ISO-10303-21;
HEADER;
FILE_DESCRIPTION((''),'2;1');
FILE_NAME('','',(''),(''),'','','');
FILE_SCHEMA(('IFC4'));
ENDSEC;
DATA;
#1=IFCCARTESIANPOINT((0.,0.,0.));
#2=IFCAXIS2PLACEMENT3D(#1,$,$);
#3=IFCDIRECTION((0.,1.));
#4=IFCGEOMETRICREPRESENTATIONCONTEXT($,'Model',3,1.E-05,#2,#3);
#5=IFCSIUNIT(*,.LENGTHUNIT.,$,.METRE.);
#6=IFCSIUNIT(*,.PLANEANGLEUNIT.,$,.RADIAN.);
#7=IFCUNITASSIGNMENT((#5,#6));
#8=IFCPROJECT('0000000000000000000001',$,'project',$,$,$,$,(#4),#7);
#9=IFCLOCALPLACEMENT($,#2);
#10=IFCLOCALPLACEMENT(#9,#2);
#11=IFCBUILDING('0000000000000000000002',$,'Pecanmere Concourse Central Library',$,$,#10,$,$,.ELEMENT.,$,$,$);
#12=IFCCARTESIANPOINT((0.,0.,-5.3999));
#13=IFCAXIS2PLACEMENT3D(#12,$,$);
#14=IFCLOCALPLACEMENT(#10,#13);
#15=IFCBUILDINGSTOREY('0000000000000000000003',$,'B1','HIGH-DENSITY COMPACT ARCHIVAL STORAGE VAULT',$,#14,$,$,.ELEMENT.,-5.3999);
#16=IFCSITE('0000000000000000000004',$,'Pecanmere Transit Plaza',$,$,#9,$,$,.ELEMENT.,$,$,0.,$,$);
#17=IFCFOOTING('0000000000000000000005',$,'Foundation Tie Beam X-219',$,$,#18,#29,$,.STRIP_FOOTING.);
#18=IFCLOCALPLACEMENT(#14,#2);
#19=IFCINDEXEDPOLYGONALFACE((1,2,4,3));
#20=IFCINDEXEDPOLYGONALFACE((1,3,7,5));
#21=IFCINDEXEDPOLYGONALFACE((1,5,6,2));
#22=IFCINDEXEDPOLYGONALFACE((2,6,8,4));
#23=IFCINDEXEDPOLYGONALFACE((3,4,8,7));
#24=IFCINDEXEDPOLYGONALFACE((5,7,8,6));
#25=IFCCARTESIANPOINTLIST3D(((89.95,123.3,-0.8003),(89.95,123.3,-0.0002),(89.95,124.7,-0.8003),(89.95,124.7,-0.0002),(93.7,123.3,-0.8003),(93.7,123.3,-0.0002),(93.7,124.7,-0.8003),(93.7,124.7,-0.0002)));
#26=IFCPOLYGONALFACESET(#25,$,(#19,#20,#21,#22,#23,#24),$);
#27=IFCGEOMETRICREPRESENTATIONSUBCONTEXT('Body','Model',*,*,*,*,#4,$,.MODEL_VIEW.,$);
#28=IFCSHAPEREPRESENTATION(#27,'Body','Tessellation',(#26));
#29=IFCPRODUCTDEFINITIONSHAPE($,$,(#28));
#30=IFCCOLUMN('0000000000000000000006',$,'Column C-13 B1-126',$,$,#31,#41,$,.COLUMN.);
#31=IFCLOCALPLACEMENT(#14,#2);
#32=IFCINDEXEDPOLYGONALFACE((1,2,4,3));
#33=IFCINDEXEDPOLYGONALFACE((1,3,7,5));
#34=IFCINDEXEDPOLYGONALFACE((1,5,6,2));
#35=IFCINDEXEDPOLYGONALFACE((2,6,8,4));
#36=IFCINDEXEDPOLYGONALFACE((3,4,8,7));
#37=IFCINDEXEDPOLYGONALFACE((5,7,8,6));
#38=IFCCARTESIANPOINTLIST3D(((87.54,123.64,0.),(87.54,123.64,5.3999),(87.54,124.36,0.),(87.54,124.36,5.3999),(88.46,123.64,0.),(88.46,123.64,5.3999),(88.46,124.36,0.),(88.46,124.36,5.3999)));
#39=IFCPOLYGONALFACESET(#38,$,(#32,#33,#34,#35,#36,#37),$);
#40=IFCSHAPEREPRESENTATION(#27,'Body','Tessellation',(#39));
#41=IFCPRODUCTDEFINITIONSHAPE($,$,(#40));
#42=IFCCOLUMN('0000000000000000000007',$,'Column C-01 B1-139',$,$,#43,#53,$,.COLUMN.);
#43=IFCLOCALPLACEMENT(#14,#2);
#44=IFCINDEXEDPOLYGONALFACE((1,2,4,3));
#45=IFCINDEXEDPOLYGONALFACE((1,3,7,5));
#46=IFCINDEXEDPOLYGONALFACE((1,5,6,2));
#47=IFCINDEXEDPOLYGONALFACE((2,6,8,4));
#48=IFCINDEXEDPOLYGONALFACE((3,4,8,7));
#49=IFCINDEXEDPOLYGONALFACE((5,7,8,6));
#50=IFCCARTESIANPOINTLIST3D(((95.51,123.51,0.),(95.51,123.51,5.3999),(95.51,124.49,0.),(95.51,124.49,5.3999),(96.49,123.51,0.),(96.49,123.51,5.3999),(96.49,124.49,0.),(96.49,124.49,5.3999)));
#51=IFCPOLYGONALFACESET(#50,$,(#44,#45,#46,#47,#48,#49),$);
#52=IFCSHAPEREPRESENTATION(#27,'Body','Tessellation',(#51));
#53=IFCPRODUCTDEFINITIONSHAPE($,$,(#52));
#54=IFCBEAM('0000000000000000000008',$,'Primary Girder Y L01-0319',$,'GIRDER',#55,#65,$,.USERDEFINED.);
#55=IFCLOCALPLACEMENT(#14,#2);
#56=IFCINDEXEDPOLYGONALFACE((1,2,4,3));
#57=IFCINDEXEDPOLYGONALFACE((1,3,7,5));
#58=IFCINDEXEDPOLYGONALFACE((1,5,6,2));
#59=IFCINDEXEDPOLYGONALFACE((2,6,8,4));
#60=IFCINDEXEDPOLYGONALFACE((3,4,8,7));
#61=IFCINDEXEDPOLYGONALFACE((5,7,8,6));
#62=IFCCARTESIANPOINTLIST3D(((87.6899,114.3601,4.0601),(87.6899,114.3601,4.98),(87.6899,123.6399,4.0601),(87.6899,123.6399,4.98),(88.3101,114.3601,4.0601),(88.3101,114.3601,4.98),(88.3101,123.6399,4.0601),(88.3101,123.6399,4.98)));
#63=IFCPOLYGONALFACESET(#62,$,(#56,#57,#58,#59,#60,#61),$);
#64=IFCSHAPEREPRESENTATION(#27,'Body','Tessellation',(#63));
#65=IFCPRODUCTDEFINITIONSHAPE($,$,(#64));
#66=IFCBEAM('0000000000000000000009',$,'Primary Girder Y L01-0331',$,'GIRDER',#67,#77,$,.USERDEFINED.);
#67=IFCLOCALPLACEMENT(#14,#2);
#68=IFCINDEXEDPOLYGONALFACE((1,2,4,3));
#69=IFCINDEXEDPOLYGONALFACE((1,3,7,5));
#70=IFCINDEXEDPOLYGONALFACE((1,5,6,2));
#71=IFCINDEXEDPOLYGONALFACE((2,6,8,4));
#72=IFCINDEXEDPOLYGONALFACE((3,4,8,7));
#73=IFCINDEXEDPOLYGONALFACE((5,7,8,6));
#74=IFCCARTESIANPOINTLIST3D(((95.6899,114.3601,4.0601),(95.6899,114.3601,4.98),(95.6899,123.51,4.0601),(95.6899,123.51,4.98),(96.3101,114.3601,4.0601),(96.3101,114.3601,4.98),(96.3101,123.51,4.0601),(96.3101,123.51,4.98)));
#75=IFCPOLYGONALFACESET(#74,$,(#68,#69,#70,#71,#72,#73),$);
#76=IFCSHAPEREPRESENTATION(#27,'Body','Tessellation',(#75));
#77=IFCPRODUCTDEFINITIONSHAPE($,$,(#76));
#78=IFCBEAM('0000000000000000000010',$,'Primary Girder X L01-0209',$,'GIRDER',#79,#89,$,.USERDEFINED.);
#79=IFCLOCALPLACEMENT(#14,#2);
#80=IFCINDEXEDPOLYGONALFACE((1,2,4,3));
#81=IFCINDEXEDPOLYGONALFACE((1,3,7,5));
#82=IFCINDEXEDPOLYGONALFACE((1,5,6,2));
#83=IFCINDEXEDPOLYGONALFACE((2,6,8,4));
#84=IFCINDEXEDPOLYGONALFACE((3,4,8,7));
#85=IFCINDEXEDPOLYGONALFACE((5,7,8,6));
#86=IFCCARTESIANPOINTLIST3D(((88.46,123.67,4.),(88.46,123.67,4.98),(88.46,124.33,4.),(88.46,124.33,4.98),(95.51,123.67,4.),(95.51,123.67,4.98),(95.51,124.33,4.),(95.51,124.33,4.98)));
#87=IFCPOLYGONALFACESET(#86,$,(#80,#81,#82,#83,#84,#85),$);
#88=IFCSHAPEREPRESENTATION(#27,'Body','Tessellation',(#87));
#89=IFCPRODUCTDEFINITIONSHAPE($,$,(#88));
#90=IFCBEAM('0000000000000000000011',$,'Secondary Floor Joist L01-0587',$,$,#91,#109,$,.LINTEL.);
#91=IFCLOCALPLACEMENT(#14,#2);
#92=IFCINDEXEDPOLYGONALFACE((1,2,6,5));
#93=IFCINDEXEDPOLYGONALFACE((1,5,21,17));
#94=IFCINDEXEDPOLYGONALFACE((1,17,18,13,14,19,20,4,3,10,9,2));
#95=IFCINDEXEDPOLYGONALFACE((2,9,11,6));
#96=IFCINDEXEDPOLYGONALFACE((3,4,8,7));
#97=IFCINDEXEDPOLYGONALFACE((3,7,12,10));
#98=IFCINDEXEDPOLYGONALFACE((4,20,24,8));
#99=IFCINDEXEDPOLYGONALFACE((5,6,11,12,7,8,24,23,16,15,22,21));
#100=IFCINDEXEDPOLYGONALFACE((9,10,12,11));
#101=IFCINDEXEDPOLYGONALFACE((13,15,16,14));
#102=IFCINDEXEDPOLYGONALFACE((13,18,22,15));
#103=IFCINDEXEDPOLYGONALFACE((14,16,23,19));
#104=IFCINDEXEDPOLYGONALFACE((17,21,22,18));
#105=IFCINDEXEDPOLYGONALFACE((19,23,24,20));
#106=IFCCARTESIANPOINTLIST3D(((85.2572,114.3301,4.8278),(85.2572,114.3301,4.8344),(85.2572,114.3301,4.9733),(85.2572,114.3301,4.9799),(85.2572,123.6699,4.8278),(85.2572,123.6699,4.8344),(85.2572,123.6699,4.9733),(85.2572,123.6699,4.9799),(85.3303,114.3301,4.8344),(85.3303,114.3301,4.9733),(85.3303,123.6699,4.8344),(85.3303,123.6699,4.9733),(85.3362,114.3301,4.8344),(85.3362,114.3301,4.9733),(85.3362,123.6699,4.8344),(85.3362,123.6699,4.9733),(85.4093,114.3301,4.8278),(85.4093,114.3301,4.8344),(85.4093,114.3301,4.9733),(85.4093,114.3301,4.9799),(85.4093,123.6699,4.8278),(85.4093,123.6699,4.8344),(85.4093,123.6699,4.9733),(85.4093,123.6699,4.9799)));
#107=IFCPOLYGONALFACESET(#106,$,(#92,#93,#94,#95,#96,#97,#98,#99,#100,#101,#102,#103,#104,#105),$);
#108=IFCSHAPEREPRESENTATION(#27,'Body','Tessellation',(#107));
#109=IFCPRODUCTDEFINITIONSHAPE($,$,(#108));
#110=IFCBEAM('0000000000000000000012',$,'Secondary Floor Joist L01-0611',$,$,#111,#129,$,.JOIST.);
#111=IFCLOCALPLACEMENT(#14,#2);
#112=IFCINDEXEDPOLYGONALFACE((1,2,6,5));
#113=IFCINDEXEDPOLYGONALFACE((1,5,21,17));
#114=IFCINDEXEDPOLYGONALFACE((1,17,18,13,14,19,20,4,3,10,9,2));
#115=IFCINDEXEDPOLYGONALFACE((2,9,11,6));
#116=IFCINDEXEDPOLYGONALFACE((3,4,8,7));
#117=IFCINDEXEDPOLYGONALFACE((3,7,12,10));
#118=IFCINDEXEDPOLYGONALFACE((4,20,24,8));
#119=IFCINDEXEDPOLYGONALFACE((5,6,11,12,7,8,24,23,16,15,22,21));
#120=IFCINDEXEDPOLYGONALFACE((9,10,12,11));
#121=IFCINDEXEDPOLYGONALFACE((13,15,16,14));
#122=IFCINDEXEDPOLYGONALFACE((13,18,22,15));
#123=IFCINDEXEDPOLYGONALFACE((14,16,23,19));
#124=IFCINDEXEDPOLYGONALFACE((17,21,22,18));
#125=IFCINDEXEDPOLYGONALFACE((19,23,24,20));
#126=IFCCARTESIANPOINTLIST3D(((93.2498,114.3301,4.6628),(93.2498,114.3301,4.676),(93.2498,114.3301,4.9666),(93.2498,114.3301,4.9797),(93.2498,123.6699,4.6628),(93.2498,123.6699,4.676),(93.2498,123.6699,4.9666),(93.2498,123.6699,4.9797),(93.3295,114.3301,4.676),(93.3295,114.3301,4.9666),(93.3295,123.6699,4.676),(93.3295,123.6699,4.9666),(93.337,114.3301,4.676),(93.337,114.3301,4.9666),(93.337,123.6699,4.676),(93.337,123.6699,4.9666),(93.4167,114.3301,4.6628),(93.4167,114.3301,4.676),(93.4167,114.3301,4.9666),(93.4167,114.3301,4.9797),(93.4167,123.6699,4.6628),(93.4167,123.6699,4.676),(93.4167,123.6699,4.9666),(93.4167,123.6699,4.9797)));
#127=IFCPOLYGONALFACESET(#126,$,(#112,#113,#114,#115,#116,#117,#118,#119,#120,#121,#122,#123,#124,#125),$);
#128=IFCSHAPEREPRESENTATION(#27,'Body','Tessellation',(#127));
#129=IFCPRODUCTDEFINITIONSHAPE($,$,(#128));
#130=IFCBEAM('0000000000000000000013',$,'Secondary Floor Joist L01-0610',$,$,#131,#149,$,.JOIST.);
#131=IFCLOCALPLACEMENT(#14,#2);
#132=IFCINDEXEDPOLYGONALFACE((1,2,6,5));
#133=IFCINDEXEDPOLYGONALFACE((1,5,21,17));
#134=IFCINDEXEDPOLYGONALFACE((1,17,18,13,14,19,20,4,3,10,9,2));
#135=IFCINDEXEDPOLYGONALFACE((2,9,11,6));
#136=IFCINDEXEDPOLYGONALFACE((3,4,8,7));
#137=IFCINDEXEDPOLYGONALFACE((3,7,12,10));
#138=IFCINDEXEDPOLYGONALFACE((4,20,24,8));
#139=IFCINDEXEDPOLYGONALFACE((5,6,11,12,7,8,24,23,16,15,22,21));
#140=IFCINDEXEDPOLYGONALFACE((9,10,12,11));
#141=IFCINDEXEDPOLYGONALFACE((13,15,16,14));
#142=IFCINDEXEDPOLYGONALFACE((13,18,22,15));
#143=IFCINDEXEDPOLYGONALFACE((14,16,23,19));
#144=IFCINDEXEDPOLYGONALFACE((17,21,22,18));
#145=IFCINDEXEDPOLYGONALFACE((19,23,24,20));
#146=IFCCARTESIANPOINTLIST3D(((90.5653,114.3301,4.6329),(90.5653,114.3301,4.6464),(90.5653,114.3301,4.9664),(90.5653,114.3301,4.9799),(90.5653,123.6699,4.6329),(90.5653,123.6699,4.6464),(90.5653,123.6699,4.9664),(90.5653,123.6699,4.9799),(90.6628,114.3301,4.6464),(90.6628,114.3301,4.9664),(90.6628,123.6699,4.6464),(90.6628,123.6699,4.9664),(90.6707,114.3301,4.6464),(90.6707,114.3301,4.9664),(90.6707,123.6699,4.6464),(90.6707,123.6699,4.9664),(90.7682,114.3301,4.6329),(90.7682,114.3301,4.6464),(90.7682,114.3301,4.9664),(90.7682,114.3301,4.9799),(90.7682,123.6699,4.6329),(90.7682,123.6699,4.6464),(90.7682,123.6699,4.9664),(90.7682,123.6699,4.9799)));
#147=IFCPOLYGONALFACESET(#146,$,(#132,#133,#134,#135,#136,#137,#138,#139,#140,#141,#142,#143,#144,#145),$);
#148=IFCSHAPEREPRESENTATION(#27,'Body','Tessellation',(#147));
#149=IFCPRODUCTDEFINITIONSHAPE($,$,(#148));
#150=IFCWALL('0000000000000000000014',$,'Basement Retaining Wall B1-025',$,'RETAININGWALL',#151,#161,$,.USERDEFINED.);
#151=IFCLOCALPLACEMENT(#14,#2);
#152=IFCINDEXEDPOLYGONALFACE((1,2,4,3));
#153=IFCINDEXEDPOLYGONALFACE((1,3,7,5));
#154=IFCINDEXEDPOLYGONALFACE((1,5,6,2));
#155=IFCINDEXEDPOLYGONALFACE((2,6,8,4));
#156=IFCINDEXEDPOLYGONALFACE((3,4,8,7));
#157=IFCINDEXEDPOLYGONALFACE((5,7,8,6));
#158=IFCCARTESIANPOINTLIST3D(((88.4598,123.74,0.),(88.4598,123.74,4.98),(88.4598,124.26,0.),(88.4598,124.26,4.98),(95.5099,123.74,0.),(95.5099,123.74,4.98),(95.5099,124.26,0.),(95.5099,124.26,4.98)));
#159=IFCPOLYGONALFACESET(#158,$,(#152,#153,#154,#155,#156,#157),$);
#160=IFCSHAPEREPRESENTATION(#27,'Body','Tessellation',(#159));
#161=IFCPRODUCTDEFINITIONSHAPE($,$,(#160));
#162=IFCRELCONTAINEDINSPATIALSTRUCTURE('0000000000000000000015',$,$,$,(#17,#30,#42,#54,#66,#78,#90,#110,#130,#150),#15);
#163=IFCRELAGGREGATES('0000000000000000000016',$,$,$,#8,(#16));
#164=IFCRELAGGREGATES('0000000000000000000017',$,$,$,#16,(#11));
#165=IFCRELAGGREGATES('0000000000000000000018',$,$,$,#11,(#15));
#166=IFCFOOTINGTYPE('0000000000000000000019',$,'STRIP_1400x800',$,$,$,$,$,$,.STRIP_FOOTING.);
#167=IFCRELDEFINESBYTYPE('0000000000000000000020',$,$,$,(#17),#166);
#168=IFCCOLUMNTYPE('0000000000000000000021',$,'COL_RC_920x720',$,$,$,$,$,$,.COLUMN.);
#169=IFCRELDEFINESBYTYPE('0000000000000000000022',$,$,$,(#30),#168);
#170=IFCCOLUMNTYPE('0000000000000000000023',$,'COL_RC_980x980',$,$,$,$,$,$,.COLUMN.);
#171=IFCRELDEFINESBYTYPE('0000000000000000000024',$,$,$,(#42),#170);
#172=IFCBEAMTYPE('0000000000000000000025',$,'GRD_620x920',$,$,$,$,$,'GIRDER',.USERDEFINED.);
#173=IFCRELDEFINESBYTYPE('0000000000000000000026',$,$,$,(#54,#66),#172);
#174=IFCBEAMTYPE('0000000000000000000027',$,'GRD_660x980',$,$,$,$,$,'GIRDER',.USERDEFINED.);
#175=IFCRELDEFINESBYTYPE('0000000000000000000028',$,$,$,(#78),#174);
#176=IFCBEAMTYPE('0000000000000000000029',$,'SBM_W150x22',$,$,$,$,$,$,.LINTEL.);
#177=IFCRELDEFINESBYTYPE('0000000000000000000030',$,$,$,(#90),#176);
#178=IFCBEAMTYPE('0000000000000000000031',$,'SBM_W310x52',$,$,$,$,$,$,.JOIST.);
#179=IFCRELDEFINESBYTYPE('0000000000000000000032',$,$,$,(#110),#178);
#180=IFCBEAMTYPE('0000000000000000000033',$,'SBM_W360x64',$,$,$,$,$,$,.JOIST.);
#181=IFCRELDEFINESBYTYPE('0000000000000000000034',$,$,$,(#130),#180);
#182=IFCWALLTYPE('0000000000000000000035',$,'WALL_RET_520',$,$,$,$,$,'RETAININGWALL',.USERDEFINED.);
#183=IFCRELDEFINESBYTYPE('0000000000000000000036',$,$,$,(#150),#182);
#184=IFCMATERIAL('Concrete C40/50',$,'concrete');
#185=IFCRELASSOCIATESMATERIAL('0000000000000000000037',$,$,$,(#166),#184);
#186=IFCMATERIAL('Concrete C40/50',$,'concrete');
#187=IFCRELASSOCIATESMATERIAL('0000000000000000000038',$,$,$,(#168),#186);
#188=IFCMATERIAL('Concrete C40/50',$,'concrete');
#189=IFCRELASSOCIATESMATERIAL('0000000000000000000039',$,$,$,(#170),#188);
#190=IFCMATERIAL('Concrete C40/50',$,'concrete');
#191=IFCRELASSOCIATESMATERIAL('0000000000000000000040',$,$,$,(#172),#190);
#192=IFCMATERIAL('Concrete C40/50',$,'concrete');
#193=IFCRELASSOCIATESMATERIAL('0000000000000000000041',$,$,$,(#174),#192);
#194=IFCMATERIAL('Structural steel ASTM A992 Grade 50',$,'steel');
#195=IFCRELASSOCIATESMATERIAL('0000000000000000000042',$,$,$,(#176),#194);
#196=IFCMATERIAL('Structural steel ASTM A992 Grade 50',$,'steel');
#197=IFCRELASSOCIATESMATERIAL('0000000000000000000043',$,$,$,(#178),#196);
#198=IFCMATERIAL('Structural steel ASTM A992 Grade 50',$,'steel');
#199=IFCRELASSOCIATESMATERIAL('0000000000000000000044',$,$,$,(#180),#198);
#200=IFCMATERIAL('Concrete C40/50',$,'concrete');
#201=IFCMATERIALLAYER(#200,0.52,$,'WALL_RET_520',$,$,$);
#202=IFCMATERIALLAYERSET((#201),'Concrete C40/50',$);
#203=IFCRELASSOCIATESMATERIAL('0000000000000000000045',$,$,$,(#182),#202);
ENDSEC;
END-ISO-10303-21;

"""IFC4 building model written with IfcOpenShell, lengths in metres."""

from ifc_helpers import new_model, si_unit, direction, frame, frame_2d, origin, origin_2d, place, context, subcontext, project, spatial, rectangle, i_section, extrude, material, layer, layer_set, material_profile, profile_set, type_object, element, save


model = new_model("IFC4")

# Units and contexts
model_context = context("Model", 3, precision=1e-05, world=origin(), true_north=direction((0.0, 1.0)))
body_context = subcontext(model_context, "Body", "Model", "MODEL_VIEW")
ifc_project = project(units=[si_unit("LENGTHUNIT", "METRE"), si_unit("PLANEANGLEUNIT", "RADIAN")], contexts=[model_context])

# Site, building, storey
site_placement = place(None, origin())
site = spatial("IfcSite", under=ifc_project, at=site_placement, Name="Pecanmere Transit Plaza", CompositionType="ELEMENT", RefElevation=0.0)
building_placement = place(site_placement, origin())
building = spatial("IfcBuilding", under=site, at=building_placement, Name="Pecanmere Concourse Central Library", CompositionType="ELEMENT")
storey_placement = place(building_placement, frame((0.0, 0.0, -5.3999)))
storey = spatial("IfcBuildingStorey", under=building, at=storey_placement, Name="B1", Description="HIGH-DENSITY COMPACT ARCHIVAL STORAGE VAULT", CompositionType="ELEMENT", Elevation=-5.3999)

# Footing
ifc_material_1 = material(Name="Concrete C40/50", Category="concrete")
ifc_material_profile_1 = material_profile(ifc_material_1, rectangle(XDim=1.3999, YDim=0.8, at=origin_2d()), Name="RC 1400x800")
ifc_profile_set_1 = profile_set([ifc_material_profile_1], Name="Concrete C40/50")
footing_type_1 = type_object("IfcFootingType", Name="STRIP_1400x800", PredefinedType="STRIP_FOOTING", material=ifc_profile_set_1)
footing_1_placement = place(storey_placement, frame((91.825, 124.0, -0.8003), z_axis=(0.0, 0.0, 1.0), x_axis=(1.0, 0.0, 0.0)))
element("IfcFooting", 1, at=footing_1_placement, inside=storey, type_object=footing_type_1, Name="Foundation Tie Beam X-219", PredefinedType="STRIP_FOOTING", context=body_context, shape_type="SweptSolid", body=[
    extrude(rectangle(XDim=3.75, YDim=1.3999, at=origin_2d()), origin(), (0.0, 0.0, 1.0), 0.8),
])

# Columns
ifc_material_2 = material(Name="Concrete C40/50", Category="concrete")
ifc_material_profile_2 = material_profile(ifc_material_2, rectangle(XDim=0.9199, YDim=0.72, at=origin_2d()), Name="RC 920x720")
ifc_profile_set_2 = profile_set([ifc_material_profile_2], Name="Concrete C40/50")
column_type_1 = type_object("IfcColumnType", Name="COL_RC_920x720", PredefinedType="COLUMN", material=ifc_profile_set_2)
column_1_placement = place(storey_placement, frame((88.0, 124.0, 0.0), z_axis=(0.0, 0.0, 1.0), x_axis=(1.0, 0.0, 0.0)))
element("IfcColumn", 2, at=column_1_placement, inside=storey, type_object=column_type_1, Name="Column C-13 B1-126", PredefinedType="COLUMN", context=body_context, shape_type="SweptSolid", body=[
    extrude(rectangle(XDim=0.9199, YDim=0.72, at=origin_2d()), origin(), (0.0, 0.0, 1.0), 5.3999),
])
ifc_material_3 = material(Name="Concrete C40/50", Category="concrete")
ifc_material_profile_3 = material_profile(ifc_material_3, rectangle(XDim=0.98, YDim=0.98, at=origin_2d()), Name="RC 980x980")
ifc_profile_set_3 = profile_set([ifc_material_profile_3], Name="Concrete C40/50")
column_type_2 = type_object("IfcColumnType", Name="COL_RC_980x980", PredefinedType="COLUMN", material=ifc_profile_set_3)
column_2_placement = place(storey_placement, frame((96.0, 124.0, 0.0), z_axis=(0.0, 0.0, 1.0), x_axis=(1.0, 0.0, 0.0)))
element("IfcColumn", 3, at=column_2_placement, inside=storey, type_object=column_type_2, Name="Column C-01 B1-139", PredefinedType="COLUMN", context=body_context, shape_type="SweptSolid", body=[
    extrude(rectangle(XDim=0.98, YDim=0.98, at=origin_2d()), origin(), (0.0, 0.0, 1.0), 5.3999),
])

# Beams
ifc_material_4 = material(Name="Concrete C40/50", Category="concrete")
ifc_material_profile_4 = material_profile(ifc_material_4, rectangle(XDim=0.6201, YDim=0.9199, at=origin_2d()), Name="RC 620x920")
ifc_profile_set_4 = profile_set([ifc_material_profile_4], Name="Concrete C40/50")
beam_type_1 = type_object("IfcBeamType", Name="GRD_620x920", ElementType="GIRDER", PredefinedType="USERDEFINED", material=ifc_profile_set_4)
beam_1_placement = place(storey_placement, frame((88.0, 114.3601, 4.52), z_axis=(0.0, 1.0, 0.0), x_axis=(-1.0, 0.0, 0.0)))
element("IfcBeam", 4, at=beam_1_placement, inside=storey, type_object=beam_type_1, Name="Primary Girder Y L01-0319", ObjectType="GIRDER", PredefinedType="USERDEFINED", context=body_context, shape_type="SweptSolid", body=[
    extrude(rectangle(XDim=0.6201, YDim=0.9199, at=origin_2d()), origin(), (0.0, 0.0, 1.0), 9.2798),
])
beam_2_placement = place(storey_placement, frame((96.0, 114.3601, 4.52), z_axis=(0.0, 1.0, 0.0), x_axis=(-1.0, 0.0, 0.0)))
element("IfcBeam", 5, at=beam_2_placement, inside=storey, type_object=beam_type_1, Name="Primary Girder Y L01-0331", ObjectType="GIRDER", PredefinedType="USERDEFINED", context=body_context, shape_type="SweptSolid", body=[
    extrude(rectangle(XDim=0.6201, YDim=0.9199, at=origin_2d()), origin(), (0.0, 0.0, 1.0), 9.1499),
])
ifc_material_5 = material(Name="Concrete C40/50", Category="concrete")
ifc_material_profile_5 = material_profile(ifc_material_5, rectangle(XDim=0.6599, YDim=0.98, at=origin_2d()), Name="RC 660x980")
ifc_profile_set_5 = profile_set([ifc_material_profile_5], Name="Concrete C40/50")
beam_type_2 = type_object("IfcBeamType", Name="GRD_660x980", ElementType="GIRDER", PredefinedType="USERDEFINED", material=ifc_profile_set_5)
beam_3_placement = place(storey_placement, frame((88.46, 124.0, 4.49), z_axis=(1.0, 0.0, 0.0), x_axis=(0.0, 1.0, 0.0)))
element("IfcBeam", 6, at=beam_3_placement, inside=storey, type_object=beam_type_2, Name="Primary Girder X L01-0209", ObjectType="GIRDER", PredefinedType="USERDEFINED", context=body_context, shape_type="SweptSolid", body=[
    extrude(rectangle(XDim=0.6599, YDim=0.98, at=origin_2d()), origin(), (0.0, 0.0, 1.0), 7.05),
])
ifc_material_6 = material(Name="Structural steel ASTM A992 Grade 50", Category="steel")
ifc_material_profile_6 = material_profile(ifc_material_6, i_section(OverallWidth=0.1521, OverallDepth=0.1521, WebThickness=0.0059, FlangeThickness=0.0066, at=origin_2d()), Name="W150x22.5")
ifc_profile_set_6 = profile_set([ifc_material_profile_6], Name="Structural steel ASTM A992 Grade 50")
beam_type_3 = type_object("IfcBeamType", Name="SBM_W150x22", PredefinedType="LINTEL", material=ifc_profile_set_6)
beam_4_placement = place(storey_placement, frame((85.3333, 114.3301, 4.9038), z_axis=(0.0, 1.0, 0.0), x_axis=(-1.0, 0.0, 0.0)))
element("IfcBeam", 7, at=beam_4_placement, inside=storey, type_object=beam_type_3, Name="Secondary Floor Joist L01-0587", PredefinedType="LINTEL", context=body_context, shape_type="SweptSolid", body=[
    extrude(i_section(OverallWidth=0.1521, OverallDepth=0.1521, WebThickness=0.0059, FlangeThickness=0.0066, at=origin_2d()), origin(), (0.0, 0.0, 1.0), 9.3398),
])
ifc_material_7 = material(Name="Structural steel ASTM A992 Grade 50", Category="steel")
ifc_material_profile_7 = material_profile(ifc_material_7, i_section(OverallWidth=0.167, OverallDepth=0.3169, WebThickness=0.0076, FlangeThickness=0.0132, at=origin_2d()), Name="W310x52")
ifc_profile_set_7 = profile_set([ifc_material_profile_7], Name="Structural steel ASTM A992 Grade 50")
beam_type_4 = type_object("IfcBeamType", Name="SBM_W310x52", PredefinedType="JOIST", material=ifc_profile_set_7)
beam_5_placement = place(storey_placement, frame((93.3333, 114.3301, 4.8213), z_axis=(0.0, 1.0, 0.0), x_axis=(-1.0, 0.0, 0.0)))
element("IfcBeam", 8, at=beam_5_placement, inside=storey, type_object=beam_type_4, Name="Secondary Floor Joist L01-0611", PredefinedType="JOIST", context=body_context, shape_type="SweptSolid", body=[
    extrude(i_section(OverallWidth=0.167, OverallDepth=0.3169, WebThickness=0.0076, FlangeThickness=0.0132, at=origin_2d()), origin(), (0.0, 0.0, 1.0), 9.3398),
])
ifc_material_8 = material(Name="Structural steel ASTM A992 Grade 50", Category="steel")
ifc_material_profile_8 = material_profile(ifc_material_8, i_section(OverallWidth=0.2029, OverallDepth=0.3469, WebThickness=0.0078, FlangeThickness=0.0134, at=origin_2d()), Name="W360x64")
ifc_profile_set_8 = profile_set([ifc_material_profile_8], Name="Structural steel ASTM A992 Grade 50")
beam_type_5 = type_object("IfcBeamType", Name="SBM_W360x64", PredefinedType="JOIST", material=ifc_profile_set_8)
beam_6_placement = place(storey_placement, frame((90.6667, 114.3301, 4.8064), z_axis=(0.0, 1.0, 0.0), x_axis=(-1.0, 0.0, 0.0)))
element("IfcBeam", 9, at=beam_6_placement, inside=storey, type_object=beam_type_5, Name="Secondary Floor Joist L01-0610", PredefinedType="JOIST", context=body_context, shape_type="SweptSolid", body=[
    extrude(i_section(OverallWidth=0.2029, OverallDepth=0.3469, WebThickness=0.0078, FlangeThickness=0.0134, at=origin_2d()), origin(), (0.0, 0.0, 1.0), 9.3398),
])

# Wall
ifc_material_9 = material(Name="Concrete C40/50", Category="concrete")
ifc_layer = layer(ifc_material_9, 0.52, Name="WALL_RET_520")
ifc_layer_set = layer_set([ifc_layer], Name="Concrete C40/50")
wall_type = type_object("IfcWallType", Name="WALL_RET_520", ElementType="RETAININGWALL", PredefinedType="USERDEFINED", material=ifc_layer_set)
wall_placement = place(storey_placement, frame((88.46, 124.0, 0.0), z_axis=(0.0, 0.0, 1.0), x_axis=(1.0, 0.0, 0.0)))
element("IfcWall", 10, at=wall_placement, inside=storey, type_object=wall_type, Name="Basement Retaining Wall B1-025", ObjectType="RETAININGWALL", PredefinedType="USERDEFINED", context=body_context, shape_type="SweptSolid", body=[
    extrude(rectangle(XDim=7.05, YDim=0.52, at=frame_2d((3.5249, 0.0))), origin(), (0.0, 0.0, 1.0), 4.98),
])

save(model, "model.ifc")
